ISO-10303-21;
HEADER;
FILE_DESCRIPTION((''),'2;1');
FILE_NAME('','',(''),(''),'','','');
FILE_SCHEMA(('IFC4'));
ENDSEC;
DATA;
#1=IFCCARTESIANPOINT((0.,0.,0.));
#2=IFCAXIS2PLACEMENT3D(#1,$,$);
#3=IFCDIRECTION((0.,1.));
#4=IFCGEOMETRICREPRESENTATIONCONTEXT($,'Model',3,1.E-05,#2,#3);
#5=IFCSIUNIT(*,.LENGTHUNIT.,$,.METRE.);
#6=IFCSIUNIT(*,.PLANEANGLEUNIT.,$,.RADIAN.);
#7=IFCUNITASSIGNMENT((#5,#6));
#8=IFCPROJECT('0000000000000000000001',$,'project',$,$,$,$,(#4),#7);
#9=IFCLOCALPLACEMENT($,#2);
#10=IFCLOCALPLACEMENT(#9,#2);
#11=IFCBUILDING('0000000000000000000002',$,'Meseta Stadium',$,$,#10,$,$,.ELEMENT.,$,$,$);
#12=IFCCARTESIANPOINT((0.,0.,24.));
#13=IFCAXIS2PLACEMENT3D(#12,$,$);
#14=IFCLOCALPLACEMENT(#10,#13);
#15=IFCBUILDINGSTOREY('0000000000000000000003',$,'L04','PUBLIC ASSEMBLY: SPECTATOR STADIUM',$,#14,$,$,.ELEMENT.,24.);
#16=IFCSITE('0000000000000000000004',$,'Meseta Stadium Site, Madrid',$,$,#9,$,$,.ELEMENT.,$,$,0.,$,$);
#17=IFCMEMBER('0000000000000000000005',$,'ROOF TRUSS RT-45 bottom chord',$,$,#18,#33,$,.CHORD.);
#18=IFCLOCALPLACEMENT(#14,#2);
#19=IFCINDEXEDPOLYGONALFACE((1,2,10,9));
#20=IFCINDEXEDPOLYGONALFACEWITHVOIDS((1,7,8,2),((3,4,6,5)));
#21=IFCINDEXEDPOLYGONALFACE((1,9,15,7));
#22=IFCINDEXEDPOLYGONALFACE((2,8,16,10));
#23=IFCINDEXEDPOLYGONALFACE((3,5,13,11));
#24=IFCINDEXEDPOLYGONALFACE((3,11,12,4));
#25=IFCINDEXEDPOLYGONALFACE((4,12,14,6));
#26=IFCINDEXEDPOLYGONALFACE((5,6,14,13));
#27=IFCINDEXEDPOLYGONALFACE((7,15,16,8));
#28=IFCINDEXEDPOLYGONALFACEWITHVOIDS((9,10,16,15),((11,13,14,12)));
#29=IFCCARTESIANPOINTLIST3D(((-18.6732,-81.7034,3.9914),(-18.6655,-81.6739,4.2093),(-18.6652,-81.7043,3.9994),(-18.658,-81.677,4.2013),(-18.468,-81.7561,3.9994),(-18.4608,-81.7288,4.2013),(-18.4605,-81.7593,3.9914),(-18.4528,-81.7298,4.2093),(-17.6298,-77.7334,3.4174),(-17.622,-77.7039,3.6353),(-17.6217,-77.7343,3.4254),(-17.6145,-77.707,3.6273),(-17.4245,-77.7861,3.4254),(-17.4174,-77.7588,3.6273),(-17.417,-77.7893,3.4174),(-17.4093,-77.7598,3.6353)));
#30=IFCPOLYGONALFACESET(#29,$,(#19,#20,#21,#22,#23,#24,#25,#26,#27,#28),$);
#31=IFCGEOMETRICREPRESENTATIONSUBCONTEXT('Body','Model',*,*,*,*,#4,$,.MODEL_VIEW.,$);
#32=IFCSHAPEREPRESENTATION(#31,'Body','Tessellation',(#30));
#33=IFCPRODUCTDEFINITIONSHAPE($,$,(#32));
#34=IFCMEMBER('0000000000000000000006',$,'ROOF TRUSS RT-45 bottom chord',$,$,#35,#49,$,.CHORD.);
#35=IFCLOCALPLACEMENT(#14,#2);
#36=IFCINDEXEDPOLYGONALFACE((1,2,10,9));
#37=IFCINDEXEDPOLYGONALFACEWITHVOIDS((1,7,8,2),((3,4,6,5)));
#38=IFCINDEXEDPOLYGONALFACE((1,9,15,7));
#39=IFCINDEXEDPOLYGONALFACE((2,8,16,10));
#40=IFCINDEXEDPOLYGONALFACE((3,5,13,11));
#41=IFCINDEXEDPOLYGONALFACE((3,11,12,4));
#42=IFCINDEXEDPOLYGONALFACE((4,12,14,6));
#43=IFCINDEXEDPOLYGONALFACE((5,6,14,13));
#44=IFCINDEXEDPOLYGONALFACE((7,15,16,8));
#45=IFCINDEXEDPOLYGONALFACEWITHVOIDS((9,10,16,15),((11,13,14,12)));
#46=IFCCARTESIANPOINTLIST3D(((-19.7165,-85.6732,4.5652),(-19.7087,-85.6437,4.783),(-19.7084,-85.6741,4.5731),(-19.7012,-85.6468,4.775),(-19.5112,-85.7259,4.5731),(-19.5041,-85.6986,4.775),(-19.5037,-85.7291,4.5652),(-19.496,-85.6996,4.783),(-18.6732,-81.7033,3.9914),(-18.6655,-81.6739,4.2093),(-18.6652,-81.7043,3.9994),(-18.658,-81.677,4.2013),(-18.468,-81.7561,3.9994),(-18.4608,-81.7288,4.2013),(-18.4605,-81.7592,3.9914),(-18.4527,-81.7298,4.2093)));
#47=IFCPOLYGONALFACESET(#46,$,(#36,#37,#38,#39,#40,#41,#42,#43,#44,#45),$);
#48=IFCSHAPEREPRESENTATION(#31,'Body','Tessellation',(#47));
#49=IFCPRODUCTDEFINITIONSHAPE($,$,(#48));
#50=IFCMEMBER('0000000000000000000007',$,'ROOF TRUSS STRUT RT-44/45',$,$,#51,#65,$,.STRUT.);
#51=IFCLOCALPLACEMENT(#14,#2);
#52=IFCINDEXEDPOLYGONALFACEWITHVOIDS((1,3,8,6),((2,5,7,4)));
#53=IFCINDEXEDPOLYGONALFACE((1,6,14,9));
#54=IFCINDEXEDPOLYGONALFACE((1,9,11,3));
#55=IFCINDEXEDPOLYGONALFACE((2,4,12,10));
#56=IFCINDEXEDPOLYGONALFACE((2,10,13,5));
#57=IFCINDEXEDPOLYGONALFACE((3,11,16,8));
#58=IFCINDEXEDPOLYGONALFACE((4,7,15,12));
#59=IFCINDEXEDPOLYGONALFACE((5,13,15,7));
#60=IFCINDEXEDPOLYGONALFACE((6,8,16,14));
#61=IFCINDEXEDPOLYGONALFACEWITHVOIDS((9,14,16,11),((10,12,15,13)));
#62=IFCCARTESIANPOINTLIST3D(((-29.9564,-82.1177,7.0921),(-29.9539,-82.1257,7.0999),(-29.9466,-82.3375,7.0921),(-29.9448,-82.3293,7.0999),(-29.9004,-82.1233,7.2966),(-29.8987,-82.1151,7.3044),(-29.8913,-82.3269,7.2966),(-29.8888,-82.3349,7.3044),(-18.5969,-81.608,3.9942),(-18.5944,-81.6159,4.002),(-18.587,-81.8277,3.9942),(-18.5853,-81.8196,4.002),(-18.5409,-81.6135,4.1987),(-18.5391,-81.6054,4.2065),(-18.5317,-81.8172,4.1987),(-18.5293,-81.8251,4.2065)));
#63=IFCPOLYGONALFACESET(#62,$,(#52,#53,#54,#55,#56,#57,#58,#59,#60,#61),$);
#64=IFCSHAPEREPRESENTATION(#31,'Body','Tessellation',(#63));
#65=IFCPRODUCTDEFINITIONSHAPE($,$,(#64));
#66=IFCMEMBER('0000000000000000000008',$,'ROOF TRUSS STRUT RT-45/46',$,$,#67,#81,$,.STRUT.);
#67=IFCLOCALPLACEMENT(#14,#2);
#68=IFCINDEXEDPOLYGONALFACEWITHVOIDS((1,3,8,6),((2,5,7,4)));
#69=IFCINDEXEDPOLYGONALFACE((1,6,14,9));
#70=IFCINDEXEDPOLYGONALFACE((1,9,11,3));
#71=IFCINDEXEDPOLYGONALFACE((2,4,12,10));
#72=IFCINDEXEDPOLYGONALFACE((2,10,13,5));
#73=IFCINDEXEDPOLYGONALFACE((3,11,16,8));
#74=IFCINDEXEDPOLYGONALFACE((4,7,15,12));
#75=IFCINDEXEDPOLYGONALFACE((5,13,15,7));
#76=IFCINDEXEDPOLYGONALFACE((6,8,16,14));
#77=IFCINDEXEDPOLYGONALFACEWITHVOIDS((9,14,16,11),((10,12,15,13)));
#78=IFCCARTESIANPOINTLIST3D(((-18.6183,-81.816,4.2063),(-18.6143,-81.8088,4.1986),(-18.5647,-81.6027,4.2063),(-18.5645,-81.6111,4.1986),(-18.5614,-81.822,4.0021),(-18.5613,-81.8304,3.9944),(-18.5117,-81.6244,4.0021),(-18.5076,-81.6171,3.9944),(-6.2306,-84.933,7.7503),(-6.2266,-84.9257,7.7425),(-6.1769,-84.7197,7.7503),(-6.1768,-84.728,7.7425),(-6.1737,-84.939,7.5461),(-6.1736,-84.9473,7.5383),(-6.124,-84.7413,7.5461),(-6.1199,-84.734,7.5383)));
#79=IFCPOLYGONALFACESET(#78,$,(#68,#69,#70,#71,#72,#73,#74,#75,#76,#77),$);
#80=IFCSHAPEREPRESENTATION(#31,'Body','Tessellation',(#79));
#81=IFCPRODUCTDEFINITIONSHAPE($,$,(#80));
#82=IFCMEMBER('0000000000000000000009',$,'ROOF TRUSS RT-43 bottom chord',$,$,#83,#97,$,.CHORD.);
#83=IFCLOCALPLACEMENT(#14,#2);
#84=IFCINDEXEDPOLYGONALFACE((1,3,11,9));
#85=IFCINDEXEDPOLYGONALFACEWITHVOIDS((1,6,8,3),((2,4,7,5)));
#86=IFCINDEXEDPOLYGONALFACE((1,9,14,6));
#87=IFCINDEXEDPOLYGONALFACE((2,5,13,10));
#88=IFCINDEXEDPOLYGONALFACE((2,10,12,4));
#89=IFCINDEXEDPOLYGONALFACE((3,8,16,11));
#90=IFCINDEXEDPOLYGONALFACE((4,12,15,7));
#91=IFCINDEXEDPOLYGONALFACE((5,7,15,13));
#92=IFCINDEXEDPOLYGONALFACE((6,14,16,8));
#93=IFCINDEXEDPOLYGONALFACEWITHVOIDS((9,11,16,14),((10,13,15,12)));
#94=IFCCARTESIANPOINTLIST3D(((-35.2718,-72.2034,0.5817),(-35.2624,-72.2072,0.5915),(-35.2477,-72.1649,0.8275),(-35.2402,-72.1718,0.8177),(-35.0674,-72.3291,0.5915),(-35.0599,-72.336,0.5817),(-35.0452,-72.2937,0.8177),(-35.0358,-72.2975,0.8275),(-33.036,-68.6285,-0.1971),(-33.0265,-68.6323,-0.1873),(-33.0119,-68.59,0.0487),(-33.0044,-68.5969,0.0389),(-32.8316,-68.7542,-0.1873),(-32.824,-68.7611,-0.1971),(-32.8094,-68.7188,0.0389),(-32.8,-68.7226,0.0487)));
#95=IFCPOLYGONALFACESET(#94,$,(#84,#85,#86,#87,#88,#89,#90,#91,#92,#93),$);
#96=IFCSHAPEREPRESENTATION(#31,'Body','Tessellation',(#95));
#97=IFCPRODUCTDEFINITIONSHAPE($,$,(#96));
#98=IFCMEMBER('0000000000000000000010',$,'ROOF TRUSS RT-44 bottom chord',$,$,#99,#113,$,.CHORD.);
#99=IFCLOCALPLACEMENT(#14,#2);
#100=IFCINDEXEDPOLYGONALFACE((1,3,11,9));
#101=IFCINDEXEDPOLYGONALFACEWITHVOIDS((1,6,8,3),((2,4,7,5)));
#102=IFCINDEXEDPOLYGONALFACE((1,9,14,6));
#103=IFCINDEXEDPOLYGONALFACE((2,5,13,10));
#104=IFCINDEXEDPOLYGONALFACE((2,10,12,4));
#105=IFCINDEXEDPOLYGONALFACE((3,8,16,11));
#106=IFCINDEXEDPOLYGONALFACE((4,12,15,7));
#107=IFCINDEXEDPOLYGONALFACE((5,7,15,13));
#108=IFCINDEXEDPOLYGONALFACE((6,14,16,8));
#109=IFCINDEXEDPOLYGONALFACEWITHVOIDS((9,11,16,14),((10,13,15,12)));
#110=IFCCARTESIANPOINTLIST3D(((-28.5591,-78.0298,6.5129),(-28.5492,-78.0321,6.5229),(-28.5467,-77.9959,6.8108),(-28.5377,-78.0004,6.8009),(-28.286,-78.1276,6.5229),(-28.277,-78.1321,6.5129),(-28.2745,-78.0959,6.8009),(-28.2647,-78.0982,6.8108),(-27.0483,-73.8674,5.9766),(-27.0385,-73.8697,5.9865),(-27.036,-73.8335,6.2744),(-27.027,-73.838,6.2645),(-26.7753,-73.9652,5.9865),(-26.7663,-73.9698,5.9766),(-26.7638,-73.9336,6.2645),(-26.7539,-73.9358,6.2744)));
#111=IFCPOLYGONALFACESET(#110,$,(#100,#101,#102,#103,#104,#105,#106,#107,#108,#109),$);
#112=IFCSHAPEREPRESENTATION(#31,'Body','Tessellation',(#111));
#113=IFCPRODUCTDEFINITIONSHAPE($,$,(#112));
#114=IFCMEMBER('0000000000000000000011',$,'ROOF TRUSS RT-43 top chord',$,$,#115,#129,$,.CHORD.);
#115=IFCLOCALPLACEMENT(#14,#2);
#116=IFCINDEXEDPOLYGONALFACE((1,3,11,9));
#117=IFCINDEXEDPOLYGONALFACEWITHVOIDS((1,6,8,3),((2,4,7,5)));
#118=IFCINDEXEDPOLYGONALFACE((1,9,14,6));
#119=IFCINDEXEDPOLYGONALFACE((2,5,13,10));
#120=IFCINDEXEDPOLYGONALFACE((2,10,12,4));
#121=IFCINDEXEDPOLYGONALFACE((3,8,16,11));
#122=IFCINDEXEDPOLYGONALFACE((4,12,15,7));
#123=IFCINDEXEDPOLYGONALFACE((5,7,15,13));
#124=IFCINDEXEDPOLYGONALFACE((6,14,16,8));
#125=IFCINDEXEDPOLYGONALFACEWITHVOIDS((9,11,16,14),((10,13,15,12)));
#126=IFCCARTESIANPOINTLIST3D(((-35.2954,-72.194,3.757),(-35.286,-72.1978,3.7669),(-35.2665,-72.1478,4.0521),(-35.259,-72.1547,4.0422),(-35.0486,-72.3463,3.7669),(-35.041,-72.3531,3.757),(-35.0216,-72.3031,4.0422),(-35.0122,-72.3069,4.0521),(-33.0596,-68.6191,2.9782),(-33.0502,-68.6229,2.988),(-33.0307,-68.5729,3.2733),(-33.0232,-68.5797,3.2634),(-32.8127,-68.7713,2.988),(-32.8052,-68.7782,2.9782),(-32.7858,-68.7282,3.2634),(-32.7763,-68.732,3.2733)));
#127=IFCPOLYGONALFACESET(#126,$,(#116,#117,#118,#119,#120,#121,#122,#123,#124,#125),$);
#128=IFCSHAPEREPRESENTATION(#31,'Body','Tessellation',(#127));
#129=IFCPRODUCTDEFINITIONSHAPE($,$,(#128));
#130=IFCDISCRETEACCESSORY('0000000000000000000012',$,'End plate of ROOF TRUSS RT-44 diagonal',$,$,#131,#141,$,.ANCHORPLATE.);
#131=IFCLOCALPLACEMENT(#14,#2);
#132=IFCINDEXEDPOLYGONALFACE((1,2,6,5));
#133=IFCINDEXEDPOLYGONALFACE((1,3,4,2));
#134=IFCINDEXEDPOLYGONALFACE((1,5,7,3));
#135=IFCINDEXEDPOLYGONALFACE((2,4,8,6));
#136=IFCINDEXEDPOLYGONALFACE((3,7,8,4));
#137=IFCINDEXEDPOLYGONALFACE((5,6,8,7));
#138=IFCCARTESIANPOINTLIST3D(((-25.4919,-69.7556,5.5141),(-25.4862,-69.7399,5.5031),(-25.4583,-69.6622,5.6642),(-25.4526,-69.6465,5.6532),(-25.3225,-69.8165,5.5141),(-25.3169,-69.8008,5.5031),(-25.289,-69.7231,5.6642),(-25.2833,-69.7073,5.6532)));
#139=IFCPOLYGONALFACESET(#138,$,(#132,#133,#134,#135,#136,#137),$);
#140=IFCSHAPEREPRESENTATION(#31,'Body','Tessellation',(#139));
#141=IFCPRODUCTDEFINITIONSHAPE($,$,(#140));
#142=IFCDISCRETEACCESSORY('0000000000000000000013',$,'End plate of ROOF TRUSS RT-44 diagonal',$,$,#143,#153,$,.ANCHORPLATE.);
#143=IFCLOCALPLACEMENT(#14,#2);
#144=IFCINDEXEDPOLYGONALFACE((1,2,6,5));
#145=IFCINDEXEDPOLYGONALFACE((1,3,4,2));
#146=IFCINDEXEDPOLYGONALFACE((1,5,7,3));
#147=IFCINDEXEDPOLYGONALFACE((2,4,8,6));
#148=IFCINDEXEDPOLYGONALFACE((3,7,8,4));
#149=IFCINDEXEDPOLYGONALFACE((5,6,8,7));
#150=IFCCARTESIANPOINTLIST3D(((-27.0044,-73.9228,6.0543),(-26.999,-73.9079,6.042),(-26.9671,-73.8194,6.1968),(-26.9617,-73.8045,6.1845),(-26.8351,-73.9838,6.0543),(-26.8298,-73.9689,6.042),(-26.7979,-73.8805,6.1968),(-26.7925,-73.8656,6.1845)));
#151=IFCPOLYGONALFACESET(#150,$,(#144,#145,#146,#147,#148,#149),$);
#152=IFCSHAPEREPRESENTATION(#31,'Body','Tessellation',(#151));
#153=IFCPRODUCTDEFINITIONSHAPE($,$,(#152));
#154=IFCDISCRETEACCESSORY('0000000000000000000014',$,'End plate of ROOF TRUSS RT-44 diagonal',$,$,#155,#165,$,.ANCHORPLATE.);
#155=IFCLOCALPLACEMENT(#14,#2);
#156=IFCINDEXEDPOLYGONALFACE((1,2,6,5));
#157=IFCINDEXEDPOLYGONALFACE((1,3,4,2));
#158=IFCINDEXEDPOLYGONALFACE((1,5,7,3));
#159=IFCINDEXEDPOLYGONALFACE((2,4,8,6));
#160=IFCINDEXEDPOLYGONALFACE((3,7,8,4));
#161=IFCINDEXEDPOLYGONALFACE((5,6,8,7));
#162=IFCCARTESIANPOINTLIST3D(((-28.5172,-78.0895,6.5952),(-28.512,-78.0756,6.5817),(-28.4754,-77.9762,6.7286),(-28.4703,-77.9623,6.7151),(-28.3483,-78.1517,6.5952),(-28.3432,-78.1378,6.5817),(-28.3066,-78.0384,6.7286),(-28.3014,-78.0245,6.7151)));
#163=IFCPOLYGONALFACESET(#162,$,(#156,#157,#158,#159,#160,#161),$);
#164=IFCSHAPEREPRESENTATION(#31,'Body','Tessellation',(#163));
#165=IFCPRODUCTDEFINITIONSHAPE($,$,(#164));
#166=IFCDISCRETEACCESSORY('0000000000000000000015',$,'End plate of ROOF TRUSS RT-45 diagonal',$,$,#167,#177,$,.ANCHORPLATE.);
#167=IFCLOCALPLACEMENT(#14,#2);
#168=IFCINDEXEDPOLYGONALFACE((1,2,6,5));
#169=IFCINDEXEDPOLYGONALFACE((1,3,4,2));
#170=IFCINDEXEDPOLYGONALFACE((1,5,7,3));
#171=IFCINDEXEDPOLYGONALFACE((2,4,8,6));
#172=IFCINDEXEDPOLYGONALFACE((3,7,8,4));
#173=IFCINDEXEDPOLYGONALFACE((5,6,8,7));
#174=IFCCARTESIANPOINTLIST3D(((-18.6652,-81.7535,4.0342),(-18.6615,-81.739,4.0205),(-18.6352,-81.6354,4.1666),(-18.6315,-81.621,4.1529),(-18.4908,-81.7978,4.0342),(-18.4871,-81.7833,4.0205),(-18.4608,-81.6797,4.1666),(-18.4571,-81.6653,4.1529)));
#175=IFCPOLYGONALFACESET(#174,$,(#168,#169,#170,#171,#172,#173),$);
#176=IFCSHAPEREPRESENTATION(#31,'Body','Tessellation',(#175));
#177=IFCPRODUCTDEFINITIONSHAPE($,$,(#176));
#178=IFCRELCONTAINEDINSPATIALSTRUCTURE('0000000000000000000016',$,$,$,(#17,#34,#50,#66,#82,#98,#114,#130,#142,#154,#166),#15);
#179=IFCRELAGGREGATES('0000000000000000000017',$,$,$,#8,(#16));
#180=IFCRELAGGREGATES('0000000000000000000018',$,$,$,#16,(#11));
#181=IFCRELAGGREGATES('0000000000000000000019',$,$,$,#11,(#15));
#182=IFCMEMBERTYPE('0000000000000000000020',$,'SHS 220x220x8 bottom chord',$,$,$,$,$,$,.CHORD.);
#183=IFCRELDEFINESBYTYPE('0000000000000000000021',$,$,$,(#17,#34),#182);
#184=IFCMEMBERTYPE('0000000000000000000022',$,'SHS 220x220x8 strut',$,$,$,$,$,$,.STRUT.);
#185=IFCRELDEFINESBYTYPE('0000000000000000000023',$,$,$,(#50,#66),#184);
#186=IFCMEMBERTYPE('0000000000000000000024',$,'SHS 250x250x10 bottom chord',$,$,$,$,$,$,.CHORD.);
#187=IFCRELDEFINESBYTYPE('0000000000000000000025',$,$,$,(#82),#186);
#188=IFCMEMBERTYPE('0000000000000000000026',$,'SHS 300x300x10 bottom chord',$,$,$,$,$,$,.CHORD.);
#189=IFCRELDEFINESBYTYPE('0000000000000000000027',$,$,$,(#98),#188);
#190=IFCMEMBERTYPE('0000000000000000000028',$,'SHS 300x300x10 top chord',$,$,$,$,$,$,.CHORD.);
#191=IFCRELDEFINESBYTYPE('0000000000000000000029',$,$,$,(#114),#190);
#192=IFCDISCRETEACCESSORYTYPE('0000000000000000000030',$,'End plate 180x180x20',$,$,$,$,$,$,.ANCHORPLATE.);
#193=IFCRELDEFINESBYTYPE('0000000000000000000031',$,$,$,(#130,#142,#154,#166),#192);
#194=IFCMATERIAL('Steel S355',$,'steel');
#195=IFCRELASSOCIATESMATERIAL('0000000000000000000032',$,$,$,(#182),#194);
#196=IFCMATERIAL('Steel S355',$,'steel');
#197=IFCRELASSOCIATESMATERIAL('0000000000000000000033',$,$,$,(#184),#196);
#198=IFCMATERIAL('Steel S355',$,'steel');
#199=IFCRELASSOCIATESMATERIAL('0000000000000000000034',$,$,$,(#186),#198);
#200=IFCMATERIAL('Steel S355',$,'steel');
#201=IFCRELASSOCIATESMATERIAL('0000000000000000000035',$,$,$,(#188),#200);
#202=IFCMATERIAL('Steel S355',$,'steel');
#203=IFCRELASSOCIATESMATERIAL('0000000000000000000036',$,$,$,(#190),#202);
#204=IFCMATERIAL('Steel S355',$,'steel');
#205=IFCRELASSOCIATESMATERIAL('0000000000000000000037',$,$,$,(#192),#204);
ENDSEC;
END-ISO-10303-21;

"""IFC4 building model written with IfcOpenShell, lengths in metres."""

from ifc_helpers import new_model, si_unit, direction, frame, origin, origin_2d, place, context, subcontext, project, spatial, rectangle, hollow_rectangle, extrude, material, material_profile, profile_set, type_object, element, save


model = new_model("IFC4")

# Units and contexts
model_context = context("Model", 3, precision=1e-05, world=origin(), true_north=direction((0.0, 1.0)))
body_context = subcontext(model_context, "Body", "Model", "MODEL_VIEW")
ifc_project = project(units=[si_unit("LENGTHUNIT", "METRE"), si_unit("PLANEANGLEUNIT", "RADIAN")], contexts=[model_context])

# Site, building, storey
site_placement = place(None, origin())
site = spatial("IfcSite", under=ifc_project, at=site_placement, Name="Meseta Stadium Site, Madrid", CompositionType="ELEMENT", RefElevation=0.0)
building_placement = place(site_placement, origin())
building = spatial("IfcBuilding", under=site, at=building_placement, Name="Meseta Stadium", CompositionType="ELEMENT")
storey_placement = place(building_placement, frame((0.0, 0.0, 24.0)))
storey = spatial("IfcBuildingStorey", under=building, at=storey_placement, Name="L04", Description="PUBLIC ASSEMBLY: SPECTATOR STADIUM", CompositionType="ELEMENT", Elevation=24.0)

# Members
ifc_material_1 = material(Name="Steel S355", Category="steel")
ifc_material_profile_1 = material_profile(ifc_material_1, hollow_rectangle(XDim=0.22, YDim=0.22, WallThickness=0.0081, at=origin_2d()), Name="SHS 220x220x8")
ifc_profile_set_1 = profile_set([ifc_material_profile_1], Name="Steel S355")
member_type_1 = type_object("IfcMemberType", Name="SHS 220x220x8 bottom chord", PredefinedType="CHORD", material=ifc_profile_set_1)
member_1_placement = place(storey_placement, frame((-17.5195, -77.7466, 3.5264), z_axis=(-0.251754, -0.957832, 0.138482), x_axis=(0.967151, -0.254203, 0.0)))
element("IfcMember", 1, at=member_1_placement, inside=storey, type_object=member_type_1, Name="ROOF TRUSS RT-45 bottom chord", PredefinedType="CHORD", context=body_context, shape_type="SweptSolid", body=[
    extrude(hollow_rectangle(XDim=0.22, YDim=0.22, WallThickness=0.0081, at=origin_2d()), origin(), (0.0, 0.0, 1.0), 4.1448),
])
member_2_placement = place(storey_placement, frame((-18.563, -81.7166, 4.1003), z_axis=(-0.251715, -0.957849, 0.138435), x_axis=(0.967162, -0.254162, 0.0)))
element("IfcMember", 2, at=member_2_placement, inside=storey, type_object=member_type_1, Name="ROOF TRUSS RT-45 bottom chord", PredefinedType="CHORD", context=body_context, shape_type="SweptSolid", body=[
    extrude(hollow_rectangle(XDim=0.22, YDim=0.22, WallThickness=0.0081, at=origin_2d()), origin(), (0.0, 0.0, 1.0), 4.1445),
])
ifc_material_2 = material(Name="Steel S355", Category="steel")
ifc_material_profile_2 = material_profile(ifc_material_2, hollow_rectangle(XDim=0.22, YDim=0.22, WallThickness=0.0081, at=origin_2d()), Name="SHS 220x220x8")
ifc_profile_set_2 = profile_set([ifc_material_profile_2], Name="Steel S355")
member_type_2 = type_object("IfcMemberType", Name="SHS 220x220x8 strut", PredefinedType="STRUT", material=ifc_profile_set_2)
member_3_placement = place(storey_placement, frame((-29.9226, -82.2263, 7.1982), z_axis=(0.963865, 0.043254, -0.262857), x_axis=(-0.04483, 0.998995, 0.0)))
element("IfcMember", 3, at=member_3_placement, inside=storey, type_object=member_type_2, Name="ROOF TRUSS STRUT RT-44/45", PredefinedType="STRUT", context=body_context, shape_type="SweptSolid", body=[
    extrude(hollow_rectangle(XDim=0.22, YDim=0.22, WallThickness=0.0081, at=origin_2d()), origin(), (0.0, 0.0, 1.0), 11.7854),
])
member_4_placement = place(storey_placement, frame((-18.563, -81.7166, 4.1003), z_axis=(0.934475, -0.235129, 0.26734), x_axis=(0.24401, 0.969773, 0.0)))
element("IfcMember", 4, at=member_4_placement, inside=storey, type_object=member_type_2, Name="ROOF TRUSS STRUT RT-45/46", PredefinedType="STRUT", context=body_context, shape_type="SweptSolid", body=[
    extrude(hollow_rectangle(XDim=0.22, YDim=0.22, WallThickness=0.0081, at=origin_2d()), origin(), (0.0, 0.0, 1.0), 13.2563),
])
ifc_material_3 = material(Name="Steel S355", Category="steel")
ifc_material_profile_3 = material_profile(ifc_material_3, hollow_rectangle(XDim=0.25, YDim=0.25, WallThickness=0.01, at=origin_2d()), Name="SHS 250x250x10")
ifc_profile_set_3 = profile_set([ifc_material_profile_3], Name="Steel S355")
member_type_3 = type_object("IfcMemberType", Name="SHS 250x250x10 bottom chord", PredefinedType="CHORD", material=ifc_profile_set_3)
member_5_placement = place(storey_placement, frame((-32.918, -68.6755, -0.0742), z_axis=(-0.521434, -0.833737, 0.181631), x_axis=(0.847839, -0.530254, 0.0)))
element("IfcMember", 5, at=member_5_placement, inside=storey, type_object=member_type_3, Name="ROOF TRUSS RT-43 bottom chord", PredefinedType="CHORD", context=body_context, shape_type="SweptSolid", body=[
    extrude(hollow_rectangle(XDim=0.25, YDim=0.25, WallThickness=0.01, at=origin_2d()), origin(), (0.0, 0.0, 1.0), 4.2878),
])
ifc_material_4 = material(Name="Steel S355", Category="steel")
ifc_material_profile_4 = material_profile(ifc_material_4, hollow_rectangle(XDim=0.3, YDim=0.3, WallThickness=0.01, at=origin_2d()), Name="SHS 300x300x10")
ifc_profile_set_4 = profile_set([ifc_material_profile_4], Name="Steel S355")
member_type_4 = type_object("IfcMemberType", Name="SHS 300x300x10 bottom chord", PredefinedType="CHORD", material=ifc_profile_set_4)
member_6_placement = place(storey_placement, frame((-26.9011, -73.9016, 6.1255), z_axis=(-0.338701, -0.933178, 0.120253), x_axis=(0.939999, -0.341176, 0.0)))
element("IfcMember", 6, at=member_6_placement, inside=storey, type_object=member_type_4, Name="ROOF TRUSS RT-44 bottom chord", PredefinedType="CHORD", context=body_context, shape_type="SweptSolid", body=[
    extrude(hollow_rectangle(XDim=0.3, YDim=0.3, WallThickness=0.01, at=origin_2d()), origin(), (0.0, 0.0, 1.0), 4.4604),
])
ifc_material_5 = material(Name="Steel S355", Category="steel")
ifc_material_profile_5 = material_profile(ifc_material_5, hollow_rectangle(XDim=0.3, YDim=0.3, WallThickness=0.01, at=origin_2d()), Name="SHS 300x300x10")
ifc_profile_set_5 = profile_set([ifc_material_profile_5], Name="Steel S355")
member_type_5 = type_object("IfcMemberType", Name="SHS 300x300x10 top chord", PredefinedType="CHORD", material=ifc_profile_set_5)
member_7_placement = place(storey_placement, frame((-32.918, -68.6755, 3.1257), z_axis=(-0.521434, -0.833737, 0.181631), x_axis=(0.847839, -0.530254, 0.0)))
element("IfcMember", 7, at=member_7_placement, inside=storey, type_object=member_type_5, Name="ROOF TRUSS RT-43 top chord", PredefinedType="CHORD", context=body_context, shape_type="SweptSolid", body=[
    extrude(hollow_rectangle(XDim=0.3, YDim=0.3, WallThickness=0.01, at=origin_2d()), origin(), (0.0, 0.0, 1.0), 4.2878),
])

# Discrete accessories
ifc_material_6 = material(Name="Steel S355", Category="steel")
ifc_material_profile_6 = material_profile(ifc_material_6, rectangle(XDim=0.1799, YDim=0.1799, at=origin_2d()), Name="PL 180x180")
ifc_profile_set_6 = profile_set([ifc_material_profile_6], Name="Steel S355")
discrete_accessory_type_1 = type_object("IfcDiscreteAccessoryType", Name="End plate 180x180x20", PredefinedType="ANCHORPLATE", material=ifc_profile_set_6)
for number, where, z_axis, x_axis, name in (
    (8, (-25.3848, -69.7236, 5.5781), (-0.282044, -0.784818, 0.551825), (0.941075, -0.338199, 0.0), "End plate of ROOF TRUSS RT-44 diagonal"),
    (9, (-26.8958, -73.8867, 6.1133), (-0.268673, -0.744956, 0.610619), (0.940691, -0.339265, 0.0), "End plate of ROOF TRUSS RT-44 diagonal"),
    (10, (-28.4067, -78.05, 6.6484), (-0.256269, -0.695588, 0.671181), (0.938343, -0.345705, 0.0), "End plate of ROOF TRUSS RT-44 diagonal"),
):
    element("IfcDiscreteAccessory", number, at=place(storey_placement, frame(where, z_axis=z_axis, x_axis=x_axis)), inside=storey, type_object=discrete_accessory_type_1, Name=name, PredefinedType="ANCHORPLATE", context=body_context, shape_type="SweptSolid", body=[
        extrude(rectangle(XDim=0.1799, YDim=0.1799, at=origin_2d()), origin(), (0.0, 0.0, 1.0), 0.02),
    ])
discrete_accessory_1_placement = place(storey_placement, frame((-18.5593, -81.7021, 4.0867), z_axis=(-0.181343, -0.713281, 0.677012), x_axis=(0.969169, -0.246399, 0.0)))
element("IfcDiscreteAccessory", 11, at=discrete_accessory_1_placement, inside=storey, type_object=discrete_accessory_type_1, Name="End plate of ROOF TRUSS RT-45 diagonal", PredefinedType="ANCHORPLATE", context=body_context, shape_type="SweptSolid", body=[
    extrude(rectangle(XDim=0.1799, YDim=0.1799, at=origin_2d()), origin(), (0.0, 0.0, 1.0), 0.0203),
])

save(model, "model.ifc")
